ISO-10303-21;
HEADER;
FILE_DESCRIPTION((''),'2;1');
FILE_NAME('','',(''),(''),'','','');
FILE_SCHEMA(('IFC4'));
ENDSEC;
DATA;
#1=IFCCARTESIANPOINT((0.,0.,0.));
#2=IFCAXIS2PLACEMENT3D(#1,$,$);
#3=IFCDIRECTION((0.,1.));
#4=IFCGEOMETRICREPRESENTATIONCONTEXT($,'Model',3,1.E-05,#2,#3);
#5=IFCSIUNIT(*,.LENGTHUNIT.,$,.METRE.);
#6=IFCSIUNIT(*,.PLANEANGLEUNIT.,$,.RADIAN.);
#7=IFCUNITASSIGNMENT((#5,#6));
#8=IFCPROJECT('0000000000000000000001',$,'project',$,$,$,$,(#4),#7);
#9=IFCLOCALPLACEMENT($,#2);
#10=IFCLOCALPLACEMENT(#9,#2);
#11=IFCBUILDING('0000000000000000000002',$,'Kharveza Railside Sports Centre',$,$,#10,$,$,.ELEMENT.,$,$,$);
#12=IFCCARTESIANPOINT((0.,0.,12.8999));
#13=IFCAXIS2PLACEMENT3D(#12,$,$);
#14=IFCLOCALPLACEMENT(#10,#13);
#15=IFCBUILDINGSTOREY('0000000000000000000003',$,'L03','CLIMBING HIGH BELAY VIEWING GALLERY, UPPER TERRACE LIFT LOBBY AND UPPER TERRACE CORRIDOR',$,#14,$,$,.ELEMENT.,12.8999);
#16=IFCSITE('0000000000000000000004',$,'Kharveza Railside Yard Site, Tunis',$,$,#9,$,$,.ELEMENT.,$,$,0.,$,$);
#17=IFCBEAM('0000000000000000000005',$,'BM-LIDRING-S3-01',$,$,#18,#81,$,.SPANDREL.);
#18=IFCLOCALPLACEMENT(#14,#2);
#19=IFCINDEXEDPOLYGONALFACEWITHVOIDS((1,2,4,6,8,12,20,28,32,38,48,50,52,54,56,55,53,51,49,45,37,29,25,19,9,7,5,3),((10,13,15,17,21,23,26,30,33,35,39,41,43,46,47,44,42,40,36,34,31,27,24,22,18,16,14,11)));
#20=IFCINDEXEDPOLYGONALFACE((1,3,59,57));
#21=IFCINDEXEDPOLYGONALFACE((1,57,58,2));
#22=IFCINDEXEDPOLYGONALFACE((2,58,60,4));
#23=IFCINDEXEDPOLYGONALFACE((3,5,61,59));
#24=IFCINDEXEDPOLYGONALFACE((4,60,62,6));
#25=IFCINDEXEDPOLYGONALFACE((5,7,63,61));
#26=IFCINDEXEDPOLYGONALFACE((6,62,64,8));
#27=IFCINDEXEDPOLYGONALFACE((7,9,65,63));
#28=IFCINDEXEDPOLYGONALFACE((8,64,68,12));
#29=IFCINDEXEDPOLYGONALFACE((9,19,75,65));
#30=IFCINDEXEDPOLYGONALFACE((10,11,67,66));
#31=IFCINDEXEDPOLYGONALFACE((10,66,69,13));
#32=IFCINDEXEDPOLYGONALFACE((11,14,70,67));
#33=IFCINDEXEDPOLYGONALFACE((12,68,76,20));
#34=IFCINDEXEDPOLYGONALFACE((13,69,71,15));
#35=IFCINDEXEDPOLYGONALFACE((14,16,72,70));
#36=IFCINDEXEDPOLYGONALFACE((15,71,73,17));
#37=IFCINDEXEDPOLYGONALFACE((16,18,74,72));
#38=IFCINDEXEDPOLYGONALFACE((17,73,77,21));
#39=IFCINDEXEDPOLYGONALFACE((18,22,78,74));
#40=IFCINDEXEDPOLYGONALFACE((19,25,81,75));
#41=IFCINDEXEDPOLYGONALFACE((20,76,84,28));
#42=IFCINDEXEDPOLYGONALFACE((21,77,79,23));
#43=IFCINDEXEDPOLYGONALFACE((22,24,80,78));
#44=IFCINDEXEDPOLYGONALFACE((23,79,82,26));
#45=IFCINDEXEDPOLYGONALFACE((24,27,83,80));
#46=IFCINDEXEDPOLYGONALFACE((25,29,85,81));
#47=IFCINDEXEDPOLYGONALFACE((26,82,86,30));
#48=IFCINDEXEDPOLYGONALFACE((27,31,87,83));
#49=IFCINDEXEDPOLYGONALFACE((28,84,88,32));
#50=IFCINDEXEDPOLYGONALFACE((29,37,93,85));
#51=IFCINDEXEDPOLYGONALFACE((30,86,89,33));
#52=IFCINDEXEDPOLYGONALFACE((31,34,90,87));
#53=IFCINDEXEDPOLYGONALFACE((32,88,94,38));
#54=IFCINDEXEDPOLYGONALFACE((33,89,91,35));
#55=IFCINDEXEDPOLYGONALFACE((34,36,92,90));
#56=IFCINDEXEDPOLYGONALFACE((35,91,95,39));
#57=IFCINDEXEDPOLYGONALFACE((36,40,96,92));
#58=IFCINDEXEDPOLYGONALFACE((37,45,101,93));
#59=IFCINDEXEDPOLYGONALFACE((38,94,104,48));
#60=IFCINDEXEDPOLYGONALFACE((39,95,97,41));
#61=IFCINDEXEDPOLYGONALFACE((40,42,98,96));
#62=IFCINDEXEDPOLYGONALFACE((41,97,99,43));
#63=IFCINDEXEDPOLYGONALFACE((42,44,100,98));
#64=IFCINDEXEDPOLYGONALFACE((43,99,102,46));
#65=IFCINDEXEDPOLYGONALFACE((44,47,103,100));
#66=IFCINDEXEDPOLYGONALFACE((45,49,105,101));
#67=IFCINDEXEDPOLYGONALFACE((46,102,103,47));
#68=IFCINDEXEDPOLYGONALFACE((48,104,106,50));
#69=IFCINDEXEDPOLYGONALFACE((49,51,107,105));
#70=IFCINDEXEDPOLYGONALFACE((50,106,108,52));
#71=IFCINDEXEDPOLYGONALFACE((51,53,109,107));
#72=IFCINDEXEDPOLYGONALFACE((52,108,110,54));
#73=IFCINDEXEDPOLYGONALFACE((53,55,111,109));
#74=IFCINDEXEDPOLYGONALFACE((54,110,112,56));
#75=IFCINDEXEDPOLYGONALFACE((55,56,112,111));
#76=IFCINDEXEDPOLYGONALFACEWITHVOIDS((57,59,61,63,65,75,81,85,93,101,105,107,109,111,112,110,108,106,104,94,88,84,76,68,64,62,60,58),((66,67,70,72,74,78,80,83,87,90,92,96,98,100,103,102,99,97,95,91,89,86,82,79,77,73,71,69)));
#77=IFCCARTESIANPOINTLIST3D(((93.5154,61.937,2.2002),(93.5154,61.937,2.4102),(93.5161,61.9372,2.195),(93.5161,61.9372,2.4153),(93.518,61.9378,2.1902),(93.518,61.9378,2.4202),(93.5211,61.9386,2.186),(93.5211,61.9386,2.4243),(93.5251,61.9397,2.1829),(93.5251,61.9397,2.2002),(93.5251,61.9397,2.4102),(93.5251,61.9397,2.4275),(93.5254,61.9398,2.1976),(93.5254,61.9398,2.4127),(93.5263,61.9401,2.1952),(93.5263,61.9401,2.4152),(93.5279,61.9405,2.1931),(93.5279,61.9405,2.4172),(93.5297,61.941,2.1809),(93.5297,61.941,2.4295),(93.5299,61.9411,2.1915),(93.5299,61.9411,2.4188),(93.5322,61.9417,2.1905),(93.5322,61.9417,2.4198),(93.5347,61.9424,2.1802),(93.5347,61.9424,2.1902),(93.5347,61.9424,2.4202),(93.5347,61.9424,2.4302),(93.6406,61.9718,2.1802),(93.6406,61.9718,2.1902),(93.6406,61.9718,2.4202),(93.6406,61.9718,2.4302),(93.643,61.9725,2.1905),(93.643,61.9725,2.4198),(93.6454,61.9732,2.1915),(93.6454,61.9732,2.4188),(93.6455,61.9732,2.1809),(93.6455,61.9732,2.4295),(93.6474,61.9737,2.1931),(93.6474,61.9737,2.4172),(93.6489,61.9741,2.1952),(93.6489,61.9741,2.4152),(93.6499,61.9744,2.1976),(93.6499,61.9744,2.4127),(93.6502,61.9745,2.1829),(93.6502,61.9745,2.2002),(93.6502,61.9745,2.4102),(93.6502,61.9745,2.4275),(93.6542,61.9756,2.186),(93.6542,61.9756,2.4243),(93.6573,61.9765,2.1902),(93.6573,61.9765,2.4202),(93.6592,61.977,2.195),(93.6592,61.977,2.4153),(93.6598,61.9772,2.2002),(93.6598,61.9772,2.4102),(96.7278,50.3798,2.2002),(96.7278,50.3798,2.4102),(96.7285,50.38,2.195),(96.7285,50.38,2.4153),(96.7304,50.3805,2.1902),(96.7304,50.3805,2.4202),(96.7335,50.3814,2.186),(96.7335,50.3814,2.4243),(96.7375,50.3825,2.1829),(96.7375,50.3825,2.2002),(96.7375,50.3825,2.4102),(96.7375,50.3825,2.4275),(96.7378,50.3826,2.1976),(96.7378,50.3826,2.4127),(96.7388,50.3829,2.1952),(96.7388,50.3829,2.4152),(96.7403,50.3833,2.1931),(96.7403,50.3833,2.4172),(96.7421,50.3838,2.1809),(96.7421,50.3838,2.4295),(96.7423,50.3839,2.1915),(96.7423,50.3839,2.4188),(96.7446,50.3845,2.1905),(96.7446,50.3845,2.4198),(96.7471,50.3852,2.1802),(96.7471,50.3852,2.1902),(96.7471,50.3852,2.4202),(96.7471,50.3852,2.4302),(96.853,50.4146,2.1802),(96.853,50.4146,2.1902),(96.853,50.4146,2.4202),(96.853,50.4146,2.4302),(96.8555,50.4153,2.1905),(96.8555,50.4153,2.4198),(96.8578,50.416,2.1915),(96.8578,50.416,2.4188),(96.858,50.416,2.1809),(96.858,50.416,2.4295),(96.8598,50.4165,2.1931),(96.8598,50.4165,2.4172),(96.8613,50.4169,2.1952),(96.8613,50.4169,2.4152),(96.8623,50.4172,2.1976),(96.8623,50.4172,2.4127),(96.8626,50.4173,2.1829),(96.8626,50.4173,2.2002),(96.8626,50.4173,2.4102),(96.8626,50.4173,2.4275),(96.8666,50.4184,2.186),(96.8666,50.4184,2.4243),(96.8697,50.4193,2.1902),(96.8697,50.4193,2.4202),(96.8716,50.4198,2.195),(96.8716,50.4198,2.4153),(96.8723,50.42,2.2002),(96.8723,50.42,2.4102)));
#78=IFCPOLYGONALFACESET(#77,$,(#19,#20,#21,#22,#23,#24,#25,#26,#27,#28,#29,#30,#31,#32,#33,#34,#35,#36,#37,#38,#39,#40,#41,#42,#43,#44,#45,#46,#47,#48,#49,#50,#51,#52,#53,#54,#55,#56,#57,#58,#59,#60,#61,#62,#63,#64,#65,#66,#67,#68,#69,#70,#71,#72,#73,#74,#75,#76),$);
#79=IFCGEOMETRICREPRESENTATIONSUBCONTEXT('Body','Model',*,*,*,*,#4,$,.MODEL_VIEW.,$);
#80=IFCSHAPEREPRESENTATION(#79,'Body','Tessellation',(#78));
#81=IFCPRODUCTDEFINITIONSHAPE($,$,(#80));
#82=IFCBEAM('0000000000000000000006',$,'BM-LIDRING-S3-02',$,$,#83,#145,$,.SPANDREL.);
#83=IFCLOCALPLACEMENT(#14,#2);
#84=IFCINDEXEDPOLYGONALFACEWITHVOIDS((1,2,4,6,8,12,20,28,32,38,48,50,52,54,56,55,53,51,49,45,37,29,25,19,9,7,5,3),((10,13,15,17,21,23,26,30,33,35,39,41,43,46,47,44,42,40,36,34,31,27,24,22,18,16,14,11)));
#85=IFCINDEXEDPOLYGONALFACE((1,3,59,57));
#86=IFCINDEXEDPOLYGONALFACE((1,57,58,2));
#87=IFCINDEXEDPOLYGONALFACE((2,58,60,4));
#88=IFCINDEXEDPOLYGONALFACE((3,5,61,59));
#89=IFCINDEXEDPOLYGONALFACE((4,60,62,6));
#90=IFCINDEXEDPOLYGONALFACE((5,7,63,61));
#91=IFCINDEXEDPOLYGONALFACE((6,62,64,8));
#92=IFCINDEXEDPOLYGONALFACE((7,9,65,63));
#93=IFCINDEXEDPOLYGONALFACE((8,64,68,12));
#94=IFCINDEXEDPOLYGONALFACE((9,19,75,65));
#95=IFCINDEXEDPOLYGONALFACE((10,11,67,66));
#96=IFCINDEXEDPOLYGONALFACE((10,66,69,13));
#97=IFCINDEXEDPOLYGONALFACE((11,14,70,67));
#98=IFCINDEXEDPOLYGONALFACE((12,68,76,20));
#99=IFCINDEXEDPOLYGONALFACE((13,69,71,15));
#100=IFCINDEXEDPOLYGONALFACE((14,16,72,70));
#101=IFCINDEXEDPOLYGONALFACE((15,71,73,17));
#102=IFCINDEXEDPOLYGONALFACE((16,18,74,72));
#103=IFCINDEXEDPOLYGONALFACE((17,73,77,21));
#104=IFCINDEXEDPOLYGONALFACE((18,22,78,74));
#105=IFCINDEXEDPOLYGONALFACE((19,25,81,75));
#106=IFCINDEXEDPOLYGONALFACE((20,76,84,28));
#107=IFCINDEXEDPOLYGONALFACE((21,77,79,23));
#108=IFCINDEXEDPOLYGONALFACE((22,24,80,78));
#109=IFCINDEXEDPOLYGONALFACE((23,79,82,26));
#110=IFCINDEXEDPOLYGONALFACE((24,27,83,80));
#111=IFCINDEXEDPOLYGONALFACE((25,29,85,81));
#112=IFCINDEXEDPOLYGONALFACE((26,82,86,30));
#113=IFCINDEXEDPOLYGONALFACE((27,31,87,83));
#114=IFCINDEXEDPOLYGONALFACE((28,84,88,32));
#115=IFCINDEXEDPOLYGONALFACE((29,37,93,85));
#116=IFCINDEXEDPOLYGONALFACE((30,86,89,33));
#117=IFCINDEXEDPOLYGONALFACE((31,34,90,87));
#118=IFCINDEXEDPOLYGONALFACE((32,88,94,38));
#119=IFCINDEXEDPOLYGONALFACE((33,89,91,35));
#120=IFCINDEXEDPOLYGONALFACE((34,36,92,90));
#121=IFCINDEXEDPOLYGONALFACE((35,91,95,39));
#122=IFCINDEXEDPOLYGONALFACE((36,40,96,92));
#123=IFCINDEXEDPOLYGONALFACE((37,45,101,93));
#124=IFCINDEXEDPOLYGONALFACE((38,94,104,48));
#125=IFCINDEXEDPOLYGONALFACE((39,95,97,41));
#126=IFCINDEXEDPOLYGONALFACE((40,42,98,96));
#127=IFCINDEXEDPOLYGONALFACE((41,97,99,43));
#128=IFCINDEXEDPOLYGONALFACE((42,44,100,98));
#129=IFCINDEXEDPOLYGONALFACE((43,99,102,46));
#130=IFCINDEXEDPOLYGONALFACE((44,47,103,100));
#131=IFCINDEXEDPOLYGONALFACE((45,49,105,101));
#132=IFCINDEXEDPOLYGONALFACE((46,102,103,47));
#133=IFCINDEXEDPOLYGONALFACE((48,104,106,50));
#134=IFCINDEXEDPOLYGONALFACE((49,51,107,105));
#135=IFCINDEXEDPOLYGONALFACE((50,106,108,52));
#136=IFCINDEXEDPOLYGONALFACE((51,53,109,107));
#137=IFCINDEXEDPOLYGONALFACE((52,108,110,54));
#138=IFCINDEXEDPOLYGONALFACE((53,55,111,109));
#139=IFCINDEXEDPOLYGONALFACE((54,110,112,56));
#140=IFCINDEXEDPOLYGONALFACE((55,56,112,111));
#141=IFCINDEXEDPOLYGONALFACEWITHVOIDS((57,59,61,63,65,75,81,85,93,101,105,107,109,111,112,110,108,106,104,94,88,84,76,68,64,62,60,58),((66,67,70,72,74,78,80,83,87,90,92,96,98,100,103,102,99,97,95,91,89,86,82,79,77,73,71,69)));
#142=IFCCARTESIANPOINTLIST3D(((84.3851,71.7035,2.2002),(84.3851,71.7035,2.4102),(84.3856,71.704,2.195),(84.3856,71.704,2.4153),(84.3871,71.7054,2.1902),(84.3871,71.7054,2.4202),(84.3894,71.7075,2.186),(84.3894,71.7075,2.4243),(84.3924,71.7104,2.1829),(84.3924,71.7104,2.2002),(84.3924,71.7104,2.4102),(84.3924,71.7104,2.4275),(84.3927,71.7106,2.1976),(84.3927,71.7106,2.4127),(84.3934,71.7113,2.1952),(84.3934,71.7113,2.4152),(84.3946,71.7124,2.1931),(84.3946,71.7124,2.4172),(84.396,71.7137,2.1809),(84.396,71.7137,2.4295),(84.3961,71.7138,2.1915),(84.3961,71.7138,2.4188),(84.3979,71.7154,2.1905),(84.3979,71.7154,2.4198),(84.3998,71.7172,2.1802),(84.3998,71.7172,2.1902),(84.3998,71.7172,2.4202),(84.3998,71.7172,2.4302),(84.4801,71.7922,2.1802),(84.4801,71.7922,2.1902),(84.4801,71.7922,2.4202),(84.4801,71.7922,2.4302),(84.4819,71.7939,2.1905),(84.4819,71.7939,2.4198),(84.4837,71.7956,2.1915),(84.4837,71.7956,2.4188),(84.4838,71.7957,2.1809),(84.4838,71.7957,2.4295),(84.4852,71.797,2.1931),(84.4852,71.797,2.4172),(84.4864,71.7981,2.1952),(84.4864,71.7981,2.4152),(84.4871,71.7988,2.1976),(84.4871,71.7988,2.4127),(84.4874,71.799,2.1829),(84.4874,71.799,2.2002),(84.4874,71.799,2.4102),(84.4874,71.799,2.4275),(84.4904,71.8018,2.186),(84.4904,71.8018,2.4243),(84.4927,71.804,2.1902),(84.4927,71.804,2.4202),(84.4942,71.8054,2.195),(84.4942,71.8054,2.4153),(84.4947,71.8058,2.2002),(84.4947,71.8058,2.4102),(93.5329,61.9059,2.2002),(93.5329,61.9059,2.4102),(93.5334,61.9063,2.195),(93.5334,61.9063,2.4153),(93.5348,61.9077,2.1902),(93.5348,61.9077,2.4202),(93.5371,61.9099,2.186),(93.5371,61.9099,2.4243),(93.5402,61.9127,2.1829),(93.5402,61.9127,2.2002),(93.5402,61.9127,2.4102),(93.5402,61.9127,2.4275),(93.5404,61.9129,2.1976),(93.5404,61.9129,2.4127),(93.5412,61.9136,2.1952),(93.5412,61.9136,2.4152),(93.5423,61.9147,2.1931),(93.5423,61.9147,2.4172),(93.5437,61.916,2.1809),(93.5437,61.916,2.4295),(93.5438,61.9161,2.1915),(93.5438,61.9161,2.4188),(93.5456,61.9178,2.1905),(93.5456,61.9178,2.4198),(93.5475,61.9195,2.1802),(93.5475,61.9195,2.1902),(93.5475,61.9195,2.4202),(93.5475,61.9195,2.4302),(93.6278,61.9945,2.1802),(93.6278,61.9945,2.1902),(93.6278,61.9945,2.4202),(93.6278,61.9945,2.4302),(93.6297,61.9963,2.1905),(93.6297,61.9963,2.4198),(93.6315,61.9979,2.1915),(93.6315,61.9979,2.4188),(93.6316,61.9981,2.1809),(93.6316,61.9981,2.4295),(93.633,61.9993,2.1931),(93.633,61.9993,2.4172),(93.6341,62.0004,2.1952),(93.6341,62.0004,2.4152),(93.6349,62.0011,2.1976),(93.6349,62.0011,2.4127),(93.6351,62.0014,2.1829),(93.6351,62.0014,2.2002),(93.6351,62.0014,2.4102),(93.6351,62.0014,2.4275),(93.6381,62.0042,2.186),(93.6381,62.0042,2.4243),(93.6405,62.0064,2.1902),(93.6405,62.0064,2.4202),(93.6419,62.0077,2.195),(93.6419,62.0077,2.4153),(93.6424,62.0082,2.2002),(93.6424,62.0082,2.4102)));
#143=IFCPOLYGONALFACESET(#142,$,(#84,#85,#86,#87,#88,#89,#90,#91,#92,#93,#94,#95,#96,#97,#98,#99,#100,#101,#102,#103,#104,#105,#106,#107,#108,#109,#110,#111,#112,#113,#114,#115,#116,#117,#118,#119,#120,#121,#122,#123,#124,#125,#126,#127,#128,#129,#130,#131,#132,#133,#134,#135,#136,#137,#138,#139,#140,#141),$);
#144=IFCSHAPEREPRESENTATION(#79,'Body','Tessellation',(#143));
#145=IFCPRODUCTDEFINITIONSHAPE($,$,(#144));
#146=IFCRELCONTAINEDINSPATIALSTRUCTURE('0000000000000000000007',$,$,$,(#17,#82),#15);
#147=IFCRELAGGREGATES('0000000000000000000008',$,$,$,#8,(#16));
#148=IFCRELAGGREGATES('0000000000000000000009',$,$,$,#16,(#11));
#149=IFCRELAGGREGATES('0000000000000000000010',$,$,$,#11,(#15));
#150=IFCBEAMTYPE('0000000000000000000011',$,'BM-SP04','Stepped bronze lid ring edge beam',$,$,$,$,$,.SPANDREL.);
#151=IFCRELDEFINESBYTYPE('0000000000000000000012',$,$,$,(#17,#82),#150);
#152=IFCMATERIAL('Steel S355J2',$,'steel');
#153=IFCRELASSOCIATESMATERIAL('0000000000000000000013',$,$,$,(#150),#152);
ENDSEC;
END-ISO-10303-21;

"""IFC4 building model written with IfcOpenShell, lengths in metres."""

from ifc_helpers import new_model, si_unit, direction, frame, origin, origin_2d, place, context, subcontext, project, spatial, hollow_rectangle, extrude, material, material_profile, profile_set, type_object, element, save


model = new_model("IFC4")

# Units and contexts
model_context = context("Model", 3, precision=1e-05, world=origin(), true_north=direction((0.0, 1.0)))
body_context = subcontext(model_context, "Body", "Model", "MODEL_VIEW")
ifc_project = project(units=[si_unit("LENGTHUNIT", "METRE"), si_unit("PLANEANGLEUNIT", "RADIAN")], contexts=[model_context])

# Site, building, storey
site_placement = place(None, origin())
site = spatial("IfcSite", under=ifc_project, at=site_placement, Name="Kharveza Railside Yard Site, Tunis", CompositionType="ELEMENT", RefElevation=0.0)
building_placement = place(site_placement, origin())
building = spatial("IfcBuilding", under=site, at=building_placement, Name="Kharveza Railside Sports Centre", CompositionType="ELEMENT")
storey_placement = place(building_placement, frame((0.0, 0.0, 12.8999)))
storey = spatial("IfcBuildingStorey", under=building, at=storey_placement, Name="L03", Description="CLIMBING HIGH BELAY VIEWING GALLERY, UPPER TERRACE LIFT LOBBY AND UPPER TERRACE CORRIDOR", CompositionType="ELEMENT", Elevation=12.8999)

# Beams
ifc_material_1 = material(Name="Steel S355J2", Category="steel")
ifc_material_profile_1 = material_profile(ifc_material_1, hollow_rectangle(XDim=0.1499, YDim=0.25, WallThickness=0.01, InnerFilletRadius=0.01, OuterFilletRadius=0.02, at=origin_2d()), Name="RHS 150x250x10.0")
ifc_profile_set_1 = profile_set([ifc_material_profile_1], Name="Steel S355J2")
beam_type = type_object("IfcBeamType", Name="BM-SP04", Description="Stepped bronze lid ring edge beam", PredefinedType="SPANDREL", material=ifc_profile_set_1)
beam_1_placement = place(storey_placement, frame((96.8, 50.3999, 2.3052), z_axis=(-0.267806, 0.963473, 0.0), x_axis=(-0.963473, -0.267806, 0.0)))
element("IfcBeam", 1, at=beam_1_placement, inside=storey, type_object=beam_type, Name="BM-LIDRING-S3-01", PredefinedType="SPANDREL", context=body_context, shape_type="SweptSolid", body=[
    extrude(hollow_rectangle(XDim=0.1499, YDim=0.25, WallThickness=0.01, InnerFilletRadius=0.01, OuterFilletRadius=0.02, at=origin_2d()), origin(), (0.0, 0.0, 1.0), 11.9954),
])
beam_2_placement = place(storey_placement, frame((93.5876, 61.957, 2.3052), z_axis=(-0.682449, 0.730934, 0.0), x_axis=(-0.730934, -0.682449, 0.0)))
element("IfcBeam", 2, at=beam_2_placement, inside=storey, type_object=beam_type, Name="BM-LIDRING-S3-02", PredefinedType="SPANDREL", context=body_context, shape_type="SweptSolid", body=[
    extrude(hollow_rectangle(XDim=0.1499, YDim=0.25, WallThickness=0.01, InnerFilletRadius=0.01, OuterFilletRadius=0.02, at=origin_2d()), origin(), (0.0, 0.0, 1.0), 13.4043),
])

save(model, "model.ifc")
